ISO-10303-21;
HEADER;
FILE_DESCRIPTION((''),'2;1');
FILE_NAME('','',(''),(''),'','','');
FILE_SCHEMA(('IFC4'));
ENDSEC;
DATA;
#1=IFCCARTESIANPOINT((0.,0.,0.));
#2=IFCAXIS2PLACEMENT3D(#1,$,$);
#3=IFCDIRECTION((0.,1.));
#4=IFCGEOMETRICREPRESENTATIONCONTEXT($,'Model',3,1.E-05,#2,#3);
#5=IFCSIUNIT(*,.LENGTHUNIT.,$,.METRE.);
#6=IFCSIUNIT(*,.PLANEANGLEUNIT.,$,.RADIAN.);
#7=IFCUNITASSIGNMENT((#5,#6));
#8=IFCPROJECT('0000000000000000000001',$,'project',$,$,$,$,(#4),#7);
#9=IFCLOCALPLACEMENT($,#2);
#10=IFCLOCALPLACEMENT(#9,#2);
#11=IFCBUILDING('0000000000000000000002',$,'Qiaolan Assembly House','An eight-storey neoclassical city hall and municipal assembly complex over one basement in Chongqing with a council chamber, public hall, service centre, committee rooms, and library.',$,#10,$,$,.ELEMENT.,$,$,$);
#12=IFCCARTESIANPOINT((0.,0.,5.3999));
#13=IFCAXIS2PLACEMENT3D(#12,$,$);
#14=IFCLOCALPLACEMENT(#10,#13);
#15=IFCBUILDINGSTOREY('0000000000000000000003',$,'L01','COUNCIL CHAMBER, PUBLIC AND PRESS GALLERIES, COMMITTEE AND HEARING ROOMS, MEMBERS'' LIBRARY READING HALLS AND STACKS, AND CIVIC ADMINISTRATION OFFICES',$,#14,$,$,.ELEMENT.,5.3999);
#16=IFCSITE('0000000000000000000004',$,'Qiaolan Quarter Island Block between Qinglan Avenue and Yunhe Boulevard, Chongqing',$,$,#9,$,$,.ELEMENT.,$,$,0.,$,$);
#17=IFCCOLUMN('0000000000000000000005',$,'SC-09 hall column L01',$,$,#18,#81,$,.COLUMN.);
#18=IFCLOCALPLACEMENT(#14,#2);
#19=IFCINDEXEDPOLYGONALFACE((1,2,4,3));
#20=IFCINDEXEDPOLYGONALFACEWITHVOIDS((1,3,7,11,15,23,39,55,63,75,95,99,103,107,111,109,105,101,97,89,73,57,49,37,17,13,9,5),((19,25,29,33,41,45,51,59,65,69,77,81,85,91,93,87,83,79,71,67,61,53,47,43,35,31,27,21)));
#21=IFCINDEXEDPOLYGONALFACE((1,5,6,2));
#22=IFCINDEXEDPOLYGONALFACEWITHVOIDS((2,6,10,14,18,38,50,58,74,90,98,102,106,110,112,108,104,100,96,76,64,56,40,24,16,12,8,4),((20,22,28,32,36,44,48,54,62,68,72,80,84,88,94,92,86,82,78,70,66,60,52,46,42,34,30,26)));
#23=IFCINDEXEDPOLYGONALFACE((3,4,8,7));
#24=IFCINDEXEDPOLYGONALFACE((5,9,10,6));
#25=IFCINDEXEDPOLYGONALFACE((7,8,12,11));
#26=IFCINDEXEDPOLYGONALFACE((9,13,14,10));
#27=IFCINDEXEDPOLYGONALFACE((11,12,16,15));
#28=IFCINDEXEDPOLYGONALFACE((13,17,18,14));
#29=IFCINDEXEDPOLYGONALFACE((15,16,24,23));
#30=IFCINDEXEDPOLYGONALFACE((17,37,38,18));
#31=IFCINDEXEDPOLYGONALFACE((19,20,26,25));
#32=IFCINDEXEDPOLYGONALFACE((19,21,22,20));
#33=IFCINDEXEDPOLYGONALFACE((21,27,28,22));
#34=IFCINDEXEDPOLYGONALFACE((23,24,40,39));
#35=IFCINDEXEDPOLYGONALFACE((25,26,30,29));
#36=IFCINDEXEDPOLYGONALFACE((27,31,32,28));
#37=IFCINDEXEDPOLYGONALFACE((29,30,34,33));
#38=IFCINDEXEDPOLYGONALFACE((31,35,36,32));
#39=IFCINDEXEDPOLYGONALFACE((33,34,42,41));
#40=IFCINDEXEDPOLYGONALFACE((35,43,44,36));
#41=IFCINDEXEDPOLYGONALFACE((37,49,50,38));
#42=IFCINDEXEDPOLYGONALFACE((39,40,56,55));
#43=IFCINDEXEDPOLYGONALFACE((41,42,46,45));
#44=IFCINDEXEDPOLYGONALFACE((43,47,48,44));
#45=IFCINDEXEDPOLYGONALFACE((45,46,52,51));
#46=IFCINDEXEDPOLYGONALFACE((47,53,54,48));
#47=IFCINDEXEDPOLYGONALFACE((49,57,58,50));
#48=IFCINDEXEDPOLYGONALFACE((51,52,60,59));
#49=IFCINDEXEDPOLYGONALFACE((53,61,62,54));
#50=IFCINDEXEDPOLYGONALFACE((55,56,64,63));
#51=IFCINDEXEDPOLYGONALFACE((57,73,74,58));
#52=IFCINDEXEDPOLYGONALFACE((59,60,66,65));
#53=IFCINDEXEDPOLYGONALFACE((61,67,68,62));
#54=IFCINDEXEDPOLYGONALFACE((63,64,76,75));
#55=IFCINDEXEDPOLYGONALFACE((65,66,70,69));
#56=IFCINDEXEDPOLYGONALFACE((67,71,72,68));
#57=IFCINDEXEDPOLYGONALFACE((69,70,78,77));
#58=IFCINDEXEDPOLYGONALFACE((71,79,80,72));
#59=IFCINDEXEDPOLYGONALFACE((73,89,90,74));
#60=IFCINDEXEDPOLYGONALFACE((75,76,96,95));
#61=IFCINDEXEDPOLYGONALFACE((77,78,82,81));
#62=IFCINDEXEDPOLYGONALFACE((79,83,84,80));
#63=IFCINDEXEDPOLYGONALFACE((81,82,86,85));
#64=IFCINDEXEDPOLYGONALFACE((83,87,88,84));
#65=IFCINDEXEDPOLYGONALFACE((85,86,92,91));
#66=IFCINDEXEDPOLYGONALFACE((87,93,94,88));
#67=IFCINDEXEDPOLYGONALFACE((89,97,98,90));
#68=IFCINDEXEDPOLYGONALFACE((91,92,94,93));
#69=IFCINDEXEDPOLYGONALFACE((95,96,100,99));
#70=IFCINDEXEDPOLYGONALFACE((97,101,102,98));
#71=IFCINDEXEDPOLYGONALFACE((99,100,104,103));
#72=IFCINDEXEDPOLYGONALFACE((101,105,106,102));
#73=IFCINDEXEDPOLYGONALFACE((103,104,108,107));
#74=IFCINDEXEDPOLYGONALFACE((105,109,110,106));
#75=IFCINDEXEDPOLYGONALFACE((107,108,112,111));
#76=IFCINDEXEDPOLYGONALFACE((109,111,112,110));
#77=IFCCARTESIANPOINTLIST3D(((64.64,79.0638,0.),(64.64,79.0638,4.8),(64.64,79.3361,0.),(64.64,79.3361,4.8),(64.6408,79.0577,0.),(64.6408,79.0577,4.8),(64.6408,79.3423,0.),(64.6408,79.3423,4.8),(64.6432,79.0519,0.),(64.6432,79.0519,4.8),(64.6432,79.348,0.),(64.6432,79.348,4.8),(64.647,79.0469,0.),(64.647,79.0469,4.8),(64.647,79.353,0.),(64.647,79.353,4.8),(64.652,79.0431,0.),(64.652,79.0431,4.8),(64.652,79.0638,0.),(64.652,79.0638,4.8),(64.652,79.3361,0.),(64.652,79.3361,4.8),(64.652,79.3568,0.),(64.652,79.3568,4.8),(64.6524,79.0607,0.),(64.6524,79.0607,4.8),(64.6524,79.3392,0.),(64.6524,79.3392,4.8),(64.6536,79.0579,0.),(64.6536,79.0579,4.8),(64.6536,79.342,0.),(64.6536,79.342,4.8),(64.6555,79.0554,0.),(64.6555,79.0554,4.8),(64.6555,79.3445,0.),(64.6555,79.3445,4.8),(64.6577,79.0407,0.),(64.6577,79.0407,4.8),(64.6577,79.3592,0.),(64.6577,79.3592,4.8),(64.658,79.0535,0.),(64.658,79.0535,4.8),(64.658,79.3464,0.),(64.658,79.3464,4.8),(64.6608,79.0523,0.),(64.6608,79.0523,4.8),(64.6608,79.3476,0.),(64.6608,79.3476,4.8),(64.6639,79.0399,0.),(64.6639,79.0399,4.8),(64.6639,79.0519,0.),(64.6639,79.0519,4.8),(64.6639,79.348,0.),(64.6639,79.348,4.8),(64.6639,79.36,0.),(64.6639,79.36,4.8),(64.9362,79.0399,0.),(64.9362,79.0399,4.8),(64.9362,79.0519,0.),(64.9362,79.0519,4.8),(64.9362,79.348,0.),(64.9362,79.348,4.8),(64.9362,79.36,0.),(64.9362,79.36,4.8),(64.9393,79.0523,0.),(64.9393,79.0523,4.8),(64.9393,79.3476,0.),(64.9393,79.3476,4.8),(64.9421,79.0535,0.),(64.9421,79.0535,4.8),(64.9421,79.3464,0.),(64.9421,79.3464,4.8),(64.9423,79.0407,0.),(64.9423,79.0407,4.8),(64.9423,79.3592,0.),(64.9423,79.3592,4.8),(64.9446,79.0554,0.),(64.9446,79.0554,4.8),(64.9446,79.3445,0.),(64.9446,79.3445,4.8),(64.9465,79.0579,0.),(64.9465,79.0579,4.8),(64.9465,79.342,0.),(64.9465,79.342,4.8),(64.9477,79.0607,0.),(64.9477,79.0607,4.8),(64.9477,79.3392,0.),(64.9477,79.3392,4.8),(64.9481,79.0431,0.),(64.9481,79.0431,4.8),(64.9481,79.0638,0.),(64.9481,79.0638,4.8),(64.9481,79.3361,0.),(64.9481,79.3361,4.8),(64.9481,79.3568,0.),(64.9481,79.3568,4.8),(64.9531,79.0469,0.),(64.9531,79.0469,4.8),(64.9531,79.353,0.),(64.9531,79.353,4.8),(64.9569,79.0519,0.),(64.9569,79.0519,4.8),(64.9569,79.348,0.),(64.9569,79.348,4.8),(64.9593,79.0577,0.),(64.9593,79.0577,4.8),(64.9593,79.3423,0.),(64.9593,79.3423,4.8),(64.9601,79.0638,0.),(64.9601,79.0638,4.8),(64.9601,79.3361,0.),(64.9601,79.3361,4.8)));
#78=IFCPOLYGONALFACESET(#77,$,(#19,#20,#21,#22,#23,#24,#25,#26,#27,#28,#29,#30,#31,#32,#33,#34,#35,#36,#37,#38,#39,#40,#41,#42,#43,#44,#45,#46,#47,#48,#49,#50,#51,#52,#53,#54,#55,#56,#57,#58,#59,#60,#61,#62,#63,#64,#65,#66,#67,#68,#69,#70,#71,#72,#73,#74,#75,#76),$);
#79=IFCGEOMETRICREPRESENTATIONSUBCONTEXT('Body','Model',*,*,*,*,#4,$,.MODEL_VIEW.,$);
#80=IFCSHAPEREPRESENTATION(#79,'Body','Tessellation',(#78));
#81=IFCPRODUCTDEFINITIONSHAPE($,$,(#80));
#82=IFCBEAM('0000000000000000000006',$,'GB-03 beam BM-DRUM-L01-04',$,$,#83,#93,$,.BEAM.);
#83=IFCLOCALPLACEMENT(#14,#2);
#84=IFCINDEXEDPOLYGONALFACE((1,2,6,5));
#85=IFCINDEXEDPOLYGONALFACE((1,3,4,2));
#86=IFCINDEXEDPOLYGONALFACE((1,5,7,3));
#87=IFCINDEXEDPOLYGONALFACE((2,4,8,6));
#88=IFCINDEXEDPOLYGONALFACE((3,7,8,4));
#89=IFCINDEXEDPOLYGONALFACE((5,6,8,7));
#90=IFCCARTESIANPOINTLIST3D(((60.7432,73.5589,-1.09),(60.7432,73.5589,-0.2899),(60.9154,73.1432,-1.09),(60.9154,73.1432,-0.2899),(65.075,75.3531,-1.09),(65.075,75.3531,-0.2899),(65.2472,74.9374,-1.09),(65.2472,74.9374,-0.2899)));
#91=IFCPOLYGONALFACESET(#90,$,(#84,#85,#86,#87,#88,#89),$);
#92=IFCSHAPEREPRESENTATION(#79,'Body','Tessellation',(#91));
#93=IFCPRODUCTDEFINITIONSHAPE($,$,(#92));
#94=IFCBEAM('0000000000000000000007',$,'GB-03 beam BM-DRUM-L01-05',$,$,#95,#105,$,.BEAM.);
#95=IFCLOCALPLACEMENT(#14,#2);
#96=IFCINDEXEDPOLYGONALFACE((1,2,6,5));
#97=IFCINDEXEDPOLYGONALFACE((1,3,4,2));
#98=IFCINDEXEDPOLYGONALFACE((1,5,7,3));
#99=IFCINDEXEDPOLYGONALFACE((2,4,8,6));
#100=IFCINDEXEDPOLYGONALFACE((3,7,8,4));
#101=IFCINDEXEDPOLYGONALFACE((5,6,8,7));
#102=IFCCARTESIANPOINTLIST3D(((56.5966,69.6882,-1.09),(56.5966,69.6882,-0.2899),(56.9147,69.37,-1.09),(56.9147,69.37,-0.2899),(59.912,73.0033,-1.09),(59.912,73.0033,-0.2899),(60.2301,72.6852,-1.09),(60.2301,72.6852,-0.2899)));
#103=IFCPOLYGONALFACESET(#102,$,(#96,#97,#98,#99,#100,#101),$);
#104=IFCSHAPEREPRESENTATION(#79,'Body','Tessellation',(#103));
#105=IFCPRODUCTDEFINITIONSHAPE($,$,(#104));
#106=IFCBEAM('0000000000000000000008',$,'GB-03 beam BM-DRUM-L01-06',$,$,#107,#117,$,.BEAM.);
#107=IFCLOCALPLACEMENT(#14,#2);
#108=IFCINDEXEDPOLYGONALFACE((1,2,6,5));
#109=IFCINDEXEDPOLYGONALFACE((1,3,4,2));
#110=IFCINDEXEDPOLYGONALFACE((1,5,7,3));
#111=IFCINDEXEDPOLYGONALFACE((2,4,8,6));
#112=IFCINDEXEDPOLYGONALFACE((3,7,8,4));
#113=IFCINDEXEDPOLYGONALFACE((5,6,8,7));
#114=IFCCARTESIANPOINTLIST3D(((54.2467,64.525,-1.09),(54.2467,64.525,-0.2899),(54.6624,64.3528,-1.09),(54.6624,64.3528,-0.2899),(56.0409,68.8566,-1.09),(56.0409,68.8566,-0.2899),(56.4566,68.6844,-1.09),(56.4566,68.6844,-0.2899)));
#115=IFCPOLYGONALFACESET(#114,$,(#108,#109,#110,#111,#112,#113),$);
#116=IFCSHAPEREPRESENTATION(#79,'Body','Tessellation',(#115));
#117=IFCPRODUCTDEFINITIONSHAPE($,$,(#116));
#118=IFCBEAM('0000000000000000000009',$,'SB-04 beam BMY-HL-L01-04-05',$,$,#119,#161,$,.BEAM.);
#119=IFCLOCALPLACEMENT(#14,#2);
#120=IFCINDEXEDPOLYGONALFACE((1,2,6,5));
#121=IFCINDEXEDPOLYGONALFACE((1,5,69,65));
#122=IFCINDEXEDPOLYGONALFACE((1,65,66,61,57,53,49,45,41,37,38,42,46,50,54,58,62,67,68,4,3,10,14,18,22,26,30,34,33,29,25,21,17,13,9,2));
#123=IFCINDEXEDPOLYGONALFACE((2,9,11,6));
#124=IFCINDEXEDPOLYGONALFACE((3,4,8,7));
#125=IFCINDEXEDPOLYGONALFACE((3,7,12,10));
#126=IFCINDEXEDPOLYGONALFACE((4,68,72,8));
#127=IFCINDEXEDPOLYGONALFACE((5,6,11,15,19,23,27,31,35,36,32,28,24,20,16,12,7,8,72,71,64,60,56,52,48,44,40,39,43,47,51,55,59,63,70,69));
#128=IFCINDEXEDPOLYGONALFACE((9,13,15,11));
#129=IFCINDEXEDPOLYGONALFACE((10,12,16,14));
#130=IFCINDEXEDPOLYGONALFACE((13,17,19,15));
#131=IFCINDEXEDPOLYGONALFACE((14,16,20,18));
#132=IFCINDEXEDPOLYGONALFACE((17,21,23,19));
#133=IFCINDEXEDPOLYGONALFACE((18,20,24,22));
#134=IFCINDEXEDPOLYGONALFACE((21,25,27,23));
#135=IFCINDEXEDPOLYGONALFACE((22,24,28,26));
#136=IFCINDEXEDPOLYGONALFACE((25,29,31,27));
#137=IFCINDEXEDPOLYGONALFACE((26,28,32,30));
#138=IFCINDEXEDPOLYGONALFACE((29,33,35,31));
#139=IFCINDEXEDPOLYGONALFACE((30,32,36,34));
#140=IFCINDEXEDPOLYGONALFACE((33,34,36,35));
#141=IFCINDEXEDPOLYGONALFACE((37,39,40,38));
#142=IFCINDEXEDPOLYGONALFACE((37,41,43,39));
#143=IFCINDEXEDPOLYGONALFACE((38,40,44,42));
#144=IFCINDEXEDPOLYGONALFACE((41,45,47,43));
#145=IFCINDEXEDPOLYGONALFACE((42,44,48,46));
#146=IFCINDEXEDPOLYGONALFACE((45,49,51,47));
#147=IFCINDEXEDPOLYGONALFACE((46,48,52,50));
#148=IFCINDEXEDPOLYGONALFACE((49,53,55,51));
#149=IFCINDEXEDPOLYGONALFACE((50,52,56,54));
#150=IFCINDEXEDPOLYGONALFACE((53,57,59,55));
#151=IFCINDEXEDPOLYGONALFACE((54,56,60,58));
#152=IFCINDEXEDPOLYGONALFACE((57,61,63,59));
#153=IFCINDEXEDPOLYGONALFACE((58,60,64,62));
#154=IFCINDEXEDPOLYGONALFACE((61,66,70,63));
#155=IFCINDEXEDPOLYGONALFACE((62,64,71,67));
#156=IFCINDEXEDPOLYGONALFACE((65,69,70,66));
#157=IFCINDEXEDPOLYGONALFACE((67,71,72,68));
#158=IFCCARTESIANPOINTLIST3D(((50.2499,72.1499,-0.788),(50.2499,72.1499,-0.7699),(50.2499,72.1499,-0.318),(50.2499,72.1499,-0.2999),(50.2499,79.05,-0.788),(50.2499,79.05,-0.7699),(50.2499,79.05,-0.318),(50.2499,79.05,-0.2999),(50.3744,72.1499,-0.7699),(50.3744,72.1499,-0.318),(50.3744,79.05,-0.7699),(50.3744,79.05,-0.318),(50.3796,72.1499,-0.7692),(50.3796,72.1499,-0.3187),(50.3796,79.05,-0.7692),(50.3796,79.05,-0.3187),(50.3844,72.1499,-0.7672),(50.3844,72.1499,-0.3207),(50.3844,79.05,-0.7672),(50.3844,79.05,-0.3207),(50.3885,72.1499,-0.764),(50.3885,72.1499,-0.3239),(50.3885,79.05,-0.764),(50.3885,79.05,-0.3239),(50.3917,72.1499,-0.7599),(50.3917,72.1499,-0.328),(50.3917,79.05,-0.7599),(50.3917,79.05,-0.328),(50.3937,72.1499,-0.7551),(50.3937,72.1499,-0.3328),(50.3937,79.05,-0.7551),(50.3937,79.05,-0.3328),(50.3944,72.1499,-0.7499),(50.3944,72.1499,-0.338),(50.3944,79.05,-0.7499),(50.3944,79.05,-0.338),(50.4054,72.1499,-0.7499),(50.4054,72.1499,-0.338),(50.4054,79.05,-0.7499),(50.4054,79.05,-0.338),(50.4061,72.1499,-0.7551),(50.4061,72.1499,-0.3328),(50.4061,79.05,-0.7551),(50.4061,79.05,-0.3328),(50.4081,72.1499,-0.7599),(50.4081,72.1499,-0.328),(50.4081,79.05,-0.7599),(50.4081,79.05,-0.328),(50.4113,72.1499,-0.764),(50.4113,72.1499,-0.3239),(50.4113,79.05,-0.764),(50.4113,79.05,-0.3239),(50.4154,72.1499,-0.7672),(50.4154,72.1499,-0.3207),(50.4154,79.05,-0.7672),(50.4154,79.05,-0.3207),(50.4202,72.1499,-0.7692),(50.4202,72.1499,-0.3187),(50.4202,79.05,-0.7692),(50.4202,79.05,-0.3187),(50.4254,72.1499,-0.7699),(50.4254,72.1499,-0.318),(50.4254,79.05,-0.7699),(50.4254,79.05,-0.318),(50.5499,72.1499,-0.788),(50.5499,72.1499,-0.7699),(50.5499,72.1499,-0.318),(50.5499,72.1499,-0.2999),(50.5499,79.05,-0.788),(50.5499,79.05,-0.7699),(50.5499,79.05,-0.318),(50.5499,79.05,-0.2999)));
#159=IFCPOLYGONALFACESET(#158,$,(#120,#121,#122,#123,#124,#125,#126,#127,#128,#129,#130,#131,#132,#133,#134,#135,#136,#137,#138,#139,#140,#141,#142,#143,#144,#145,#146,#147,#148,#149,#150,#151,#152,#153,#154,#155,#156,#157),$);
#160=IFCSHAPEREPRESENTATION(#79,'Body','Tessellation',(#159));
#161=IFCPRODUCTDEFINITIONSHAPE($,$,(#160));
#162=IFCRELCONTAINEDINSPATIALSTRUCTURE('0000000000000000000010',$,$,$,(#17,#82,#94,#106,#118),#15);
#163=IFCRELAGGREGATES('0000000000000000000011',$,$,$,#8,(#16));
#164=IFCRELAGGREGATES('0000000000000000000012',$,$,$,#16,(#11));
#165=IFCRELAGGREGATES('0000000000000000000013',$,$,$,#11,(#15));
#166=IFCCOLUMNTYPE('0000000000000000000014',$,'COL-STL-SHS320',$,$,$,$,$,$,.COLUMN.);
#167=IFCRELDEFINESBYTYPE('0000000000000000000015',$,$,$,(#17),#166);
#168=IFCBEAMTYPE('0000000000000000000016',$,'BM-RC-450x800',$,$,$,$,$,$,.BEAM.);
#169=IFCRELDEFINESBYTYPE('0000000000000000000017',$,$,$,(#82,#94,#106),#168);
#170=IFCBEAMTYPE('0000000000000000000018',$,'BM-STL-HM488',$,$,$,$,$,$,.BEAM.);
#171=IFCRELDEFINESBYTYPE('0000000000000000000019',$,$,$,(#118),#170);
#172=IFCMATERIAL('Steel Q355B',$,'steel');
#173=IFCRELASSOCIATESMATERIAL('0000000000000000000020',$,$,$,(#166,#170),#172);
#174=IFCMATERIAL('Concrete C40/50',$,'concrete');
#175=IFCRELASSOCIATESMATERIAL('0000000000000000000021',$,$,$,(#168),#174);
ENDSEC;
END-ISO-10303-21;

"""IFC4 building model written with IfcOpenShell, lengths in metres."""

from ifc_helpers import new_model, si_unit, direction, frame, origin, origin_2d, place, context, subcontext, project, spatial, rectangle, hollow_rectangle, i_section, extrude, material, material_profile, profile_set, type_object, element, save


model = new_model("IFC4")

# Units and contexts
model_context = context("Model", 3, precision=1e-05, world=origin(), true_north=direction((0.0, 1.0)))
body_context = subcontext(model_context, "Body", "Model", "MODEL_VIEW")
ifc_project = project(units=[si_unit("LENGTHUNIT", "METRE"), si_unit("PLANEANGLEUNIT", "RADIAN")], contexts=[model_context])

# Site, building, storey
site_placement = place(None, origin())
site = spatial("IfcSite", under=ifc_project, at=site_placement, Name="Qiaolan Quarter Island Block between Qinglan Avenue and Yunhe Boulevard, Chongqing", CompositionType="ELEMENT", RefElevation=0.0)
building_placement = place(site_placement, origin())
building = spatial("IfcBuilding", under=site, at=building_placement, Name="Qiaolan Assembly House", Description="An eight-storey neoclassical city hall and municipal assembly complex over one basement in Chongqing with a council chamber, public hall, service centre, committee rooms, and library.", CompositionType="ELEMENT")
storey_placement = place(building_placement, frame((0.0, 0.0, 5.3999)))
storey = spatial("IfcBuildingStorey", under=building, at=storey_placement, Name="L01", Description="COUNCIL CHAMBER, PUBLIC AND PRESS GALLERIES, COMMITTEE AND HEARING ROOMS, MEMBERS' LIBRARY READING HALLS AND STACKS, AND CIVIC ADMINISTRATION OFFICES", CompositionType="ELEMENT", Elevation=5.3999)

# Column
ifc_material_1 = material(Name="Steel Q355B", Category="steel")
ifc_material_profile_1 = material_profile(ifc_material_1, hollow_rectangle(XDim=0.3201, YDim=0.3201, WallThickness=0.012, InnerFilletRadius=0.012, OuterFilletRadius=0.0239, at=origin_2d()), Name="SHS 320x320x12")
ifc_profile_set_1 = profile_set([ifc_material_profile_1], Name="Steel Q355B")
column_type_1 = type_object("IfcColumnType", Name="COL-STL-SHS320", PredefinedType="COLUMN", material=ifc_profile_set_1)
for number, where, z_axis, x_axis, name in (
    (1, (64.8, 79.2, 0.0), (0.0, 0.0, 1.0), (1.0, 0.0, 0.0), "SC-09 hall column L01"),
):
    element("IfcColumn", number, at=place(storey_placement, frame(where, z_axis=z_axis, x_axis=x_axis)), inside=storey, type_object=column_type_1, Name=name, PredefinedType="COLUMN", context=body_context, shape_type="SweptSolid", body=[
        extrude(hollow_rectangle(XDim=0.3201, YDim=0.3201, WallThickness=0.012, InnerFilletRadius=0.012, OuterFilletRadius=0.0239, at=origin_2d()), origin(), (0.0, 0.0, 1.0), 4.8),
    ])

# Beams
ifc_material_2 = material(Name="Concrete C40/50", Category="concrete")
ifc_material_profile_2 = material_profile(ifc_material_2, rectangle(XDim=0.45, YDim=0.8, at=origin_2d()), Name="RCB 450x800")
ifc_profile_set_2 = profile_set([ifc_material_profile_2], Name="Concrete C40/50")
beam_type_1 = type_object("IfcBeamType", Name="BM-RC-450x800", PredefinedType="BEAM", material=ifc_profile_set_2)
beam_1_placement = place(storey_placement, frame((65.1611, 75.1453, -0.6899), z_axis=(-0.923887, -0.382666, 0.0), x_axis=(0.382666, -0.923887, 0.0)))
element("IfcBeam", 2, at=beam_1_placement, inside=storey, type_object=beam_type_1, Name="GB-03 beam BM-DRUM-L01-04", PredefinedType="BEAM", context=body_context, shape_type="SweptSolid", body=[
    extrude(rectangle(XDim=0.45, YDim=0.8, at=origin_2d()), origin(), (0.0, 0.0, 1.0), 4.6887),
])
for number, where, z_axis, x_axis, name in (
    (3, (60.071, 72.8442, -0.6899), (-0.707133, -0.707081, 0.0), (0.707081, -0.707133, 0.0), "GB-03 beam BM-DRUM-L01-05"),
    (4, (56.2488, 68.7705, -0.6899), (-0.382684, -0.923879, 0.0), (0.923879, -0.382684, 0.0), "GB-03 beam BM-DRUM-L01-06"),
):
    element("IfcBeam", number, at=place(storey_placement, frame(where, z_axis=z_axis, x_axis=x_axis)), inside=storey, type_object=beam_type_1, Name=name, PredefinedType="BEAM", context=body_context, shape_type="SweptSolid", body=[
        extrude(rectangle(XDim=0.45, YDim=0.8, at=origin_2d()), origin(), (0.0, 0.0, 1.0), 4.6885),
    ])
ifc_material_profile_3 = material_profile(ifc_material_1, i_section(OverallWidth=0.3, OverallDepth=0.488, WebThickness=0.011, FlangeThickness=0.0181, FilletRadius=0.02, at=origin_2d()), Name="HM 488x300x11x18")
ifc_profile_set_3 = profile_set([ifc_material_profile_3], Name="Steel Q355B")
beam_type_2 = type_object("IfcBeamType", Name="BM-STL-HM488", PredefinedType="BEAM", material=ifc_profile_set_3)
beam_2_placement = place(storey_placement, frame((50.3999, 72.1499, -0.5439), z_axis=(0.0, 1.0, 0.0), x_axis=(-1.0, 0.0, 0.0)))
element("IfcBeam", 5, at=beam_2_placement, inside=storey, type_object=beam_type_2, Name="SB-04 beam BMY-HL-L01-04-05", PredefinedType="BEAM", context=body_context, shape_type="SweptSolid", body=[
    extrude(i_section(OverallWidth=0.3, OverallDepth=0.488, WebThickness=0.011, FlangeThickness=0.0181, FilletRadius=0.02, at=origin_2d()), origin(), (0.0, 0.0, 1.0), 6.9001),
])

save(model, "model.ifc")
